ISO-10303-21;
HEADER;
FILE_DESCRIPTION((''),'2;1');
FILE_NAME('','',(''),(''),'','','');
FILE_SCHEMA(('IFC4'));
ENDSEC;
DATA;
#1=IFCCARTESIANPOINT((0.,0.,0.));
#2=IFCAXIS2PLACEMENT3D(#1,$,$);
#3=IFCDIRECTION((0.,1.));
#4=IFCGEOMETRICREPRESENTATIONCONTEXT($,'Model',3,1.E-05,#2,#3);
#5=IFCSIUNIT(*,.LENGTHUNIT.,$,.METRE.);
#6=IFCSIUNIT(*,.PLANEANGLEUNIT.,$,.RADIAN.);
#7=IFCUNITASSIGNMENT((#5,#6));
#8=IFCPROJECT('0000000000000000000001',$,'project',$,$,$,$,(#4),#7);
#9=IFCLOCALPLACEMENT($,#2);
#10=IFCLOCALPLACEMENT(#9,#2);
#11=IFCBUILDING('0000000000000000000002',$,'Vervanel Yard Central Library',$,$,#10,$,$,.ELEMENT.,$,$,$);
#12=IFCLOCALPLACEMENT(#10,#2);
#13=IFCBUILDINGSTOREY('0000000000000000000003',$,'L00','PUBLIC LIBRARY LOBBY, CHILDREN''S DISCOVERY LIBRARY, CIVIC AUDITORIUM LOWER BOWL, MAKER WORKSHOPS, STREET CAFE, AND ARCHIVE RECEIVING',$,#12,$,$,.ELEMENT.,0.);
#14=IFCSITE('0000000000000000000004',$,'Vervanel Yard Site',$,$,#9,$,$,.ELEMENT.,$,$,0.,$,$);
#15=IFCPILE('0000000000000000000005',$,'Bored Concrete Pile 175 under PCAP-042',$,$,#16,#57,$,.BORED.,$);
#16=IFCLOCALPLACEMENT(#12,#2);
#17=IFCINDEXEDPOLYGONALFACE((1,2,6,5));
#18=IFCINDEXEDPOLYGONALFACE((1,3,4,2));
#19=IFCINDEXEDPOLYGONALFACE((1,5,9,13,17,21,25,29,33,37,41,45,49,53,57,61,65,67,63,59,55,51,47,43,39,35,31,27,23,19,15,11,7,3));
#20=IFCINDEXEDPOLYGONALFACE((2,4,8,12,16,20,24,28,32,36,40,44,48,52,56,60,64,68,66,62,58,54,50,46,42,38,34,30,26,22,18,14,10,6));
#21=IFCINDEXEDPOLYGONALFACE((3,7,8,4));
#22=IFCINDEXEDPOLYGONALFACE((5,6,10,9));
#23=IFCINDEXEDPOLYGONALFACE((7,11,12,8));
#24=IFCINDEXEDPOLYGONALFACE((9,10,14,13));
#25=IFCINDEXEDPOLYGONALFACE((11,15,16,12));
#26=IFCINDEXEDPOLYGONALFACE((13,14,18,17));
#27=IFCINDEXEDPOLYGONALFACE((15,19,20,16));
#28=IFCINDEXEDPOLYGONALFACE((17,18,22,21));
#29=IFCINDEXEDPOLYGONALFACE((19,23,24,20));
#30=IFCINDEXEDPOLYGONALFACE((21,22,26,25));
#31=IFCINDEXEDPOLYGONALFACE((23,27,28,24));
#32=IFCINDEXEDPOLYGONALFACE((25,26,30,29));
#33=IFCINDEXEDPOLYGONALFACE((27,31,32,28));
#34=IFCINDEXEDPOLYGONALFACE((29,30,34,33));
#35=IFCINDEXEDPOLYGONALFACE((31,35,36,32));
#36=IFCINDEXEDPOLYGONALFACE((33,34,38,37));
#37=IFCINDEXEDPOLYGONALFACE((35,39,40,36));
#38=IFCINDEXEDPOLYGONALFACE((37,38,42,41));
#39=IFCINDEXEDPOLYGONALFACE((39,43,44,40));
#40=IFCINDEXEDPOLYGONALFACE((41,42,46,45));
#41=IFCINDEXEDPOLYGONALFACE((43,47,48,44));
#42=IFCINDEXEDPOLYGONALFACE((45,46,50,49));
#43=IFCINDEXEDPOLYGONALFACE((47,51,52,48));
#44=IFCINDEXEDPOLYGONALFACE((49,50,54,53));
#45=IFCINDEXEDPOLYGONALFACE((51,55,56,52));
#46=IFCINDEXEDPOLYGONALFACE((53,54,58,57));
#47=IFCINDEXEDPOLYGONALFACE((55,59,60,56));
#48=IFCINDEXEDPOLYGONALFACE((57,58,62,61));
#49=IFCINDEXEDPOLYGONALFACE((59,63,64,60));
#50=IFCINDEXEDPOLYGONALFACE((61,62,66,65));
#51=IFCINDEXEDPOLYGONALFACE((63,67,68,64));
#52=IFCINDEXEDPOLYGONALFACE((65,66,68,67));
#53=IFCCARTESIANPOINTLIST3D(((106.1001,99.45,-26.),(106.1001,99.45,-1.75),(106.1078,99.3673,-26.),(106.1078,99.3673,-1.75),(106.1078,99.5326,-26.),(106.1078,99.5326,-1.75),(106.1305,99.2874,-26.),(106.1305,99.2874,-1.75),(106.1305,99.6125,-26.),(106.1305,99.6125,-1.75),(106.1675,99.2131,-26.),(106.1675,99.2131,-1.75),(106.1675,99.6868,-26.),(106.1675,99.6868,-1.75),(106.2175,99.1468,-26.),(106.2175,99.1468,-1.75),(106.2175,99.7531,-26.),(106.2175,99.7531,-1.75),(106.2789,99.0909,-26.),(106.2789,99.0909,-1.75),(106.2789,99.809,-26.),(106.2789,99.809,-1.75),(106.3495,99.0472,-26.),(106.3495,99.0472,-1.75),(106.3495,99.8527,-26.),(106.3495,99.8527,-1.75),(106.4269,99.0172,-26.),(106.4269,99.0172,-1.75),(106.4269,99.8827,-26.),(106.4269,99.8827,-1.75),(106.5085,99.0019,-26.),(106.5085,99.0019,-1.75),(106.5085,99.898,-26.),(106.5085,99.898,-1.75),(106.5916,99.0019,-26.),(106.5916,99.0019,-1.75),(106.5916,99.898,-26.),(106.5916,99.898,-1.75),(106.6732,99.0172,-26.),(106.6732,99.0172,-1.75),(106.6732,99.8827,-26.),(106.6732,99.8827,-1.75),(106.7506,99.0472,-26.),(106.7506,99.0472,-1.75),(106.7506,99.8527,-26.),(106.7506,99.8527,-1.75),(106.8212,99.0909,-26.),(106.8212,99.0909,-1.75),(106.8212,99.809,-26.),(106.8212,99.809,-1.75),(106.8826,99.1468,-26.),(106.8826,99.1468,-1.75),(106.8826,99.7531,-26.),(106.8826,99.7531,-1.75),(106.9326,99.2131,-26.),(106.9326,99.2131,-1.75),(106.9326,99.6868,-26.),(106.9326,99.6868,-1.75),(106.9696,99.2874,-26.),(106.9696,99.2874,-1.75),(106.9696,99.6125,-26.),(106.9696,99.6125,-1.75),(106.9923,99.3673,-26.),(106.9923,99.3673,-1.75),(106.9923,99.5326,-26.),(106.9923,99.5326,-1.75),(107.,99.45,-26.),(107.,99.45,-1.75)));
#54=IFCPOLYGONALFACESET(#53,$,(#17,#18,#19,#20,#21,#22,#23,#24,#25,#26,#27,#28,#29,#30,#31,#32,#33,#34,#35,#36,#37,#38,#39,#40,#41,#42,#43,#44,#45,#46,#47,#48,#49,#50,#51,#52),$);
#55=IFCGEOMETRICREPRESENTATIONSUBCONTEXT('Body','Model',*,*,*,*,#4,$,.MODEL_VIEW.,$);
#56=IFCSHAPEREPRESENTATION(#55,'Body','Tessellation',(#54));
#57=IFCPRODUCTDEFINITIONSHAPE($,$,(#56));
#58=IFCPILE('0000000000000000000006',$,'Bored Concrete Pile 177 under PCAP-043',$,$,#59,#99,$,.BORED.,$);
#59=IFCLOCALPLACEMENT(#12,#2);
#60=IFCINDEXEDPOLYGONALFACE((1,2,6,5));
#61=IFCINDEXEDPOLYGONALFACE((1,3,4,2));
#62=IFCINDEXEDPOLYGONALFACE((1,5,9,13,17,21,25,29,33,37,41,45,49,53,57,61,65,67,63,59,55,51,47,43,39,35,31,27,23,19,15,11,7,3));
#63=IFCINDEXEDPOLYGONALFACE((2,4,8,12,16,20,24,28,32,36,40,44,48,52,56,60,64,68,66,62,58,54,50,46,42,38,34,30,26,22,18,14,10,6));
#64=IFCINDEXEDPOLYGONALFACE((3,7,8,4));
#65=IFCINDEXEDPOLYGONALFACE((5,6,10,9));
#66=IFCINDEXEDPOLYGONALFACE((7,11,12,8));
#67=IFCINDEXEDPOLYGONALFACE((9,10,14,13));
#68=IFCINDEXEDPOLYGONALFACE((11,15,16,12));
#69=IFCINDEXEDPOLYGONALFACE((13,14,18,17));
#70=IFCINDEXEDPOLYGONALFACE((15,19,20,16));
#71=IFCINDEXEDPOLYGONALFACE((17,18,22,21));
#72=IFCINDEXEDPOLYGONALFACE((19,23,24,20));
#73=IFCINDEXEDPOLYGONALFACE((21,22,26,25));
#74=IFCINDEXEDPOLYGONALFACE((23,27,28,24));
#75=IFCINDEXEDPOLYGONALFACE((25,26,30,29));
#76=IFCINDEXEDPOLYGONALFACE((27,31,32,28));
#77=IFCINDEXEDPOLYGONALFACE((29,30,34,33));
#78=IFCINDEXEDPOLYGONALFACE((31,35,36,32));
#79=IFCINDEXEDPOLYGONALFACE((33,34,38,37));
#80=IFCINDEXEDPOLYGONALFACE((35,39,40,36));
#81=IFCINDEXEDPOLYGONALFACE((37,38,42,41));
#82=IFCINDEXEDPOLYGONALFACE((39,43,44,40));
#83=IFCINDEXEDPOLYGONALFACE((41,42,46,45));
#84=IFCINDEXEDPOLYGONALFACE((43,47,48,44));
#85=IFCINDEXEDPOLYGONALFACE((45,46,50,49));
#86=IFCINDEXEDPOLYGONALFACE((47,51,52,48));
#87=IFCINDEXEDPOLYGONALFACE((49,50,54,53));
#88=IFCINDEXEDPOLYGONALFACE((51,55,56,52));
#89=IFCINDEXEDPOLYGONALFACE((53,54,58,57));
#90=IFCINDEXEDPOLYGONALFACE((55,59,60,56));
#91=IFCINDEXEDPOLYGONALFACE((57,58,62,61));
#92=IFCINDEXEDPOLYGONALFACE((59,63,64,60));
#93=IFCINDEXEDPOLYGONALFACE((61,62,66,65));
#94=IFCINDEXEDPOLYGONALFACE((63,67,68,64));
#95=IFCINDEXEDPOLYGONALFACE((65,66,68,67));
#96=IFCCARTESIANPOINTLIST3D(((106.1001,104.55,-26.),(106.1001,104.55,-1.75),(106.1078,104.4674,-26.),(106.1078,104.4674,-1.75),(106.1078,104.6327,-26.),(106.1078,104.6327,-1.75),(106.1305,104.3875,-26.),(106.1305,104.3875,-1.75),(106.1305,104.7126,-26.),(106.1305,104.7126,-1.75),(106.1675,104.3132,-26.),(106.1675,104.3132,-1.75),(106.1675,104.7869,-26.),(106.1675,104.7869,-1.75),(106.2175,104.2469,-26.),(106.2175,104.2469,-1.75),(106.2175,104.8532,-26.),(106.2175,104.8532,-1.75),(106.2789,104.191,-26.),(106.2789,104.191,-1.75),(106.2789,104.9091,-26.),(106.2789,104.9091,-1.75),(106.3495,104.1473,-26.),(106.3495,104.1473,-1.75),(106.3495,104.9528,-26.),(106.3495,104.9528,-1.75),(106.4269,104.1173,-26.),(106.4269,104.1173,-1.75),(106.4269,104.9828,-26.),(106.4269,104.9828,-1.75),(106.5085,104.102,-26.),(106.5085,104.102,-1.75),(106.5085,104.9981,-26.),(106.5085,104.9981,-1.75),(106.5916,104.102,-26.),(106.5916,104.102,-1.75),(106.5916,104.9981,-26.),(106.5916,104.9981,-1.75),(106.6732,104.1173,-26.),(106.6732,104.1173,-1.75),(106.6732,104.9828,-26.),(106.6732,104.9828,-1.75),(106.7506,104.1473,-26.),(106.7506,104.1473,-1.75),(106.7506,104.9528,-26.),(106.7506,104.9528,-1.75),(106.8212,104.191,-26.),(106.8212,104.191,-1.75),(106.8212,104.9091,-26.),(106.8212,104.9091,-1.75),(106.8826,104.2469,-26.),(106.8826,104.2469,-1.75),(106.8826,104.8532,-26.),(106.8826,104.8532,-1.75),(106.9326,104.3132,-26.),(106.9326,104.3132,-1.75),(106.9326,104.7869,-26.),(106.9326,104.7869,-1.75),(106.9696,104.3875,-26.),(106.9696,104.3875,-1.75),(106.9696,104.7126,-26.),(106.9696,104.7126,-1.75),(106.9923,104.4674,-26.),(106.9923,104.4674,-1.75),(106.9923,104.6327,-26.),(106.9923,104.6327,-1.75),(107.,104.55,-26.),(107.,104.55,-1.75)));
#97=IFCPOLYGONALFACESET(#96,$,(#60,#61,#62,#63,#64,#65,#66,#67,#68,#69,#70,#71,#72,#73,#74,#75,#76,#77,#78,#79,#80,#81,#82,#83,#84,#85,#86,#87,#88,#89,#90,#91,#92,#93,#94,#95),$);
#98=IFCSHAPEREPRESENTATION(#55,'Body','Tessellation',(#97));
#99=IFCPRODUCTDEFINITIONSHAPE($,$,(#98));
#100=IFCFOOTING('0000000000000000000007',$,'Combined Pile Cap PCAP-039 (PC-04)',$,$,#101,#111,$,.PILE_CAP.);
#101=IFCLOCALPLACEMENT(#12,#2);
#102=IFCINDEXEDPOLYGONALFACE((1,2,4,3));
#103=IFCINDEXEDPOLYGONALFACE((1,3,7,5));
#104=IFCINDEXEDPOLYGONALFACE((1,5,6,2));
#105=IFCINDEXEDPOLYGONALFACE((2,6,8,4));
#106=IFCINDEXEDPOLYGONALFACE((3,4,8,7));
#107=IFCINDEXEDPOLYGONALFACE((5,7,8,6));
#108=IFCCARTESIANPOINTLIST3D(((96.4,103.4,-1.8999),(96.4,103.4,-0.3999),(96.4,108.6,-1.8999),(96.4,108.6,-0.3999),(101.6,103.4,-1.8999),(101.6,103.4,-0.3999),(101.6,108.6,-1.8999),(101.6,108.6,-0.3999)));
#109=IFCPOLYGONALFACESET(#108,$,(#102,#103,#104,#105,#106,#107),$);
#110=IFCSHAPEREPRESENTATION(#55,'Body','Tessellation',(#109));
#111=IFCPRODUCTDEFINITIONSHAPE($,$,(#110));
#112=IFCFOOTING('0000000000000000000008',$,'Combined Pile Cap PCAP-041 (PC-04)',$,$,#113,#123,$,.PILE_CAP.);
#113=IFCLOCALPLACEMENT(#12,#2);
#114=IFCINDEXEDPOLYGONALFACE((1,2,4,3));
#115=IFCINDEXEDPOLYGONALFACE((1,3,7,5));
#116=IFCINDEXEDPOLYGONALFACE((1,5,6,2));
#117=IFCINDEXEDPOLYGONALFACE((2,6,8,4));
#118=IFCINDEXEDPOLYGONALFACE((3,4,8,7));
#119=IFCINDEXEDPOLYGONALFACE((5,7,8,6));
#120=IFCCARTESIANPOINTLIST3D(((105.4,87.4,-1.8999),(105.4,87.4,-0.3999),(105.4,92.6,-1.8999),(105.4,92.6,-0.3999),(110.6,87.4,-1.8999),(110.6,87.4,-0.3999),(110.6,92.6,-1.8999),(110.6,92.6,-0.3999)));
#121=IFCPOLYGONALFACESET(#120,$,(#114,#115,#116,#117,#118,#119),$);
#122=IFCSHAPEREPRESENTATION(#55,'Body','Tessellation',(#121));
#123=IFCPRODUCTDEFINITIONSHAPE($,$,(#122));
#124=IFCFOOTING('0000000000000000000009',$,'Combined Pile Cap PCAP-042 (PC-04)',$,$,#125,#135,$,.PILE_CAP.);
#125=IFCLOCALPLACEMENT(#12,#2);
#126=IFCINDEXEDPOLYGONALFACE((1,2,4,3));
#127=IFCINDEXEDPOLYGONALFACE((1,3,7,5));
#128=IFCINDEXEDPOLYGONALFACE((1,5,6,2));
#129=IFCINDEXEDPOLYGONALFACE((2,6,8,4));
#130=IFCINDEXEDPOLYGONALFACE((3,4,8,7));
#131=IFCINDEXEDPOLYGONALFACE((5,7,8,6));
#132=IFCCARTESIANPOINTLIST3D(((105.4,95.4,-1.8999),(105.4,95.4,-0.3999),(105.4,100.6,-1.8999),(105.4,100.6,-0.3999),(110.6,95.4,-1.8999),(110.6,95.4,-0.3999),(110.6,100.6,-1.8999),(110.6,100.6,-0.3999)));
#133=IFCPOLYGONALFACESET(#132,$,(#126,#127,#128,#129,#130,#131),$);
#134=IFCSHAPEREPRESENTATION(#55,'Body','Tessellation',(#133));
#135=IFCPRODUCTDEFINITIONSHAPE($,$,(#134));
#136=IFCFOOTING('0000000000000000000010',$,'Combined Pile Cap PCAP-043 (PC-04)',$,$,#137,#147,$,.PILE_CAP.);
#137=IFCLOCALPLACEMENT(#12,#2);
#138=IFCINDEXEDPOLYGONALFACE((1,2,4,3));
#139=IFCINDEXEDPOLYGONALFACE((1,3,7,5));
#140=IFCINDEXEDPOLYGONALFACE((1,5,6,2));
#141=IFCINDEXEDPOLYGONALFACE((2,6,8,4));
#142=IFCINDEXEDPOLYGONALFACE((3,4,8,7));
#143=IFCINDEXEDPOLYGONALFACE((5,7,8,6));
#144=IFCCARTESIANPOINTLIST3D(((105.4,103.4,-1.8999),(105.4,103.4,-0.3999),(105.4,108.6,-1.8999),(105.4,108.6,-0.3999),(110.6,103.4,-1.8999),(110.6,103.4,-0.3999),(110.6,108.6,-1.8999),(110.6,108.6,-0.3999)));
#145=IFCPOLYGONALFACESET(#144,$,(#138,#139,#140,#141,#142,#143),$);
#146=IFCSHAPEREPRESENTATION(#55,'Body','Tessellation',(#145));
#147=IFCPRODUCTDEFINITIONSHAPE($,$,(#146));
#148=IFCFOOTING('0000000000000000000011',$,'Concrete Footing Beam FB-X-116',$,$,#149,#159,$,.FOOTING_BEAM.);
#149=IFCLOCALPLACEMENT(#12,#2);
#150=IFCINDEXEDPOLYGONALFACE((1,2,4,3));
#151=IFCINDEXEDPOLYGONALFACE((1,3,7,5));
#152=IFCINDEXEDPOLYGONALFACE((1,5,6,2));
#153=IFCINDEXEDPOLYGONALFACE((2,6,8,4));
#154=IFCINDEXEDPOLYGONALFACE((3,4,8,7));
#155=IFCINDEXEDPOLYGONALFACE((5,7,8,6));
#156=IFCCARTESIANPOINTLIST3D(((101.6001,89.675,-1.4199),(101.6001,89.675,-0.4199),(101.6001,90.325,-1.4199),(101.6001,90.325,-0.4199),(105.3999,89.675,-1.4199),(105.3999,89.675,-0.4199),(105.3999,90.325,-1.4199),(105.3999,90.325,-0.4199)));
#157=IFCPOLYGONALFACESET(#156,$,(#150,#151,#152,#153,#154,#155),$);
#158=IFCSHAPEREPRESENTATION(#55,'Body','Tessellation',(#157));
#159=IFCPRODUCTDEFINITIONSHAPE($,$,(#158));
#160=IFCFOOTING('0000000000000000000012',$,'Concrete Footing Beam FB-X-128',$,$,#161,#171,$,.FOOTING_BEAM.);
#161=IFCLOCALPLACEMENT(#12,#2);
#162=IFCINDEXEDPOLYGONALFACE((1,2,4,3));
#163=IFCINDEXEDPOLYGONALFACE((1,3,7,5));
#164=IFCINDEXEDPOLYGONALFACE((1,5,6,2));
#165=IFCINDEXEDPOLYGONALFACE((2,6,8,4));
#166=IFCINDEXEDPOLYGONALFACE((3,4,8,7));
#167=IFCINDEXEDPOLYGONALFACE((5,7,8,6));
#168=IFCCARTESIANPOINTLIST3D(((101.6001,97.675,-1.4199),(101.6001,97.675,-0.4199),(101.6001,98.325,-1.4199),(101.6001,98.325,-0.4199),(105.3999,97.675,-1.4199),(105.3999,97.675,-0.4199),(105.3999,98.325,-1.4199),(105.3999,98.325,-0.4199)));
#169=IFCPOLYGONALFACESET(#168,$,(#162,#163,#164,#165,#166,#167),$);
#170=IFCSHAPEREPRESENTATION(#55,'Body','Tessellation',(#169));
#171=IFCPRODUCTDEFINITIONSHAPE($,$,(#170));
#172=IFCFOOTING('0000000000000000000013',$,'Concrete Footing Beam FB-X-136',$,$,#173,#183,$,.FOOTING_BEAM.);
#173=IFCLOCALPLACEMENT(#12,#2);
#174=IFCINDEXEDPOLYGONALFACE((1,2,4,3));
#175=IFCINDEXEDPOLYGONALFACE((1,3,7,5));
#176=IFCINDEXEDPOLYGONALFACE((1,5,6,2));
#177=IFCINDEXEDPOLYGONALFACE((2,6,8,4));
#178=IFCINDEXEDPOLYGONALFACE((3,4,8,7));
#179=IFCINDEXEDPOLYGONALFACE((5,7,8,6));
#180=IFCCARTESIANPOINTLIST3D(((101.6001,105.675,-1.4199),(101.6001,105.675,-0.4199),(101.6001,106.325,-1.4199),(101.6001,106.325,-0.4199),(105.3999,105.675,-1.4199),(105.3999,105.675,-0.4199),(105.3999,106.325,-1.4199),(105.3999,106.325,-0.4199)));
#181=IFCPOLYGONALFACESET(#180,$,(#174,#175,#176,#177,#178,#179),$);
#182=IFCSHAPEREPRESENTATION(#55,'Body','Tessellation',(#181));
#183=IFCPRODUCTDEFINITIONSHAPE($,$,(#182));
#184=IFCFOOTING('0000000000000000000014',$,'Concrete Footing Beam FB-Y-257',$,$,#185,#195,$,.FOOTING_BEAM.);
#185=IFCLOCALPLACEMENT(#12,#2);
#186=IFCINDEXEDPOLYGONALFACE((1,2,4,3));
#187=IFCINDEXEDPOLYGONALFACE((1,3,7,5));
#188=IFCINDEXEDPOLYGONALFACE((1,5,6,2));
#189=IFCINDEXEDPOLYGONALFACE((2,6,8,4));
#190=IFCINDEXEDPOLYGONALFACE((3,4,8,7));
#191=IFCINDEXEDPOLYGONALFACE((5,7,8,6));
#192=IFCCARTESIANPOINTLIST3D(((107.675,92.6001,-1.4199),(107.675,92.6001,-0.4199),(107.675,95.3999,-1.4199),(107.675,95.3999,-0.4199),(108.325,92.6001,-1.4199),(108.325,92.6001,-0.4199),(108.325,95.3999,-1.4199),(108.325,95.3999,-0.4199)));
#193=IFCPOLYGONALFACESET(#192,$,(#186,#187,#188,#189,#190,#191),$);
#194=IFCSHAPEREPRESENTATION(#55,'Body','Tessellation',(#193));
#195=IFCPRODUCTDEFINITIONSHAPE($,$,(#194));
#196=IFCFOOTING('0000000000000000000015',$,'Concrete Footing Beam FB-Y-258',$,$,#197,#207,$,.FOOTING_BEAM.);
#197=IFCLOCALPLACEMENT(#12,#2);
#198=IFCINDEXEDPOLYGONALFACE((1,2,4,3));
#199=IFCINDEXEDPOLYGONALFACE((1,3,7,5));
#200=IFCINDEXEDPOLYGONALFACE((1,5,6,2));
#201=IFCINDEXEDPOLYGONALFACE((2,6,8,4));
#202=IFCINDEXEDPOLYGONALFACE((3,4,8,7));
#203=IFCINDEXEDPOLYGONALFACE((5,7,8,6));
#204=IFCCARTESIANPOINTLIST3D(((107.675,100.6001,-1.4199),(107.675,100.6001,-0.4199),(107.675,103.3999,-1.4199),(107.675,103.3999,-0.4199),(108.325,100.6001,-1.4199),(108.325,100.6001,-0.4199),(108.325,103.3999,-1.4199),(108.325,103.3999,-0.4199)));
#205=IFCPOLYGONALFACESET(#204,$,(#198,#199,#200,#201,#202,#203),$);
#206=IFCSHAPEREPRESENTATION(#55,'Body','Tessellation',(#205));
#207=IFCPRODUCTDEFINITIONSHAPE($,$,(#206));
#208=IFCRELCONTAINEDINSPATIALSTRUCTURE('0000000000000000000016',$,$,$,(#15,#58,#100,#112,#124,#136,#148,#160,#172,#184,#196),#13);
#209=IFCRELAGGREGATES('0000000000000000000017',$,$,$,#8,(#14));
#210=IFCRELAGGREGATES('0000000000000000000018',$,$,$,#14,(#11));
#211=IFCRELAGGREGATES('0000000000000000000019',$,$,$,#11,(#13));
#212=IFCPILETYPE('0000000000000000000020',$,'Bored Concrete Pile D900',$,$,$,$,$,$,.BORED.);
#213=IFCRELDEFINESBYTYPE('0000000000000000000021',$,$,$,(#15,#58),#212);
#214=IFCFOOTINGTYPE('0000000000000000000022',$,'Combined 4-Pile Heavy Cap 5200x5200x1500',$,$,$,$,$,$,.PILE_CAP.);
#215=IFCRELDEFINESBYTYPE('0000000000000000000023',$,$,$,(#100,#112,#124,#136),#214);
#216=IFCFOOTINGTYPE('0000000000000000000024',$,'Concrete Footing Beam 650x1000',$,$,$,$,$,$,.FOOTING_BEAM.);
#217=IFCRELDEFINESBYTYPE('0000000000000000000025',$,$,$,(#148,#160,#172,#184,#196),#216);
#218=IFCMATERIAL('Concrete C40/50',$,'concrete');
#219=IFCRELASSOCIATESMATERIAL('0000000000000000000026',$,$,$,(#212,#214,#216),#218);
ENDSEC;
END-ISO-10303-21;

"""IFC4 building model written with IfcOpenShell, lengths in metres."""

from ifc_helpers import new_model, si_unit, direction, frame, origin, origin_2d, place, context, subcontext, project, spatial, rectangle, circle, extrude, material, material_profile, profile_set, type_object, element, save


model = new_model("IFC4")

# Units and contexts
model_context = context("Model", 3, precision=1e-05, world=origin(), true_north=direction((0.0, 1.0)))
body_context = subcontext(model_context, "Body", "Model", "MODEL_VIEW")
ifc_project = project(units=[si_unit("LENGTHUNIT", "METRE"), si_unit("PLANEANGLEUNIT", "RADIAN")], contexts=[model_context])

# Site, building, storey
site_placement = place(None, origin())
site = spatial("IfcSite", under=ifc_project, at=site_placement, Name="Vervanel Yard Site", CompositionType="ELEMENT", RefElevation=0.0)
building_placement = place(site_placement, origin())
building = spatial("IfcBuilding", under=site, at=building_placement, Name="Vervanel Yard Central Library", CompositionType="ELEMENT")
storey_placement = place(building_placement, origin())
storey = spatial("IfcBuildingStorey", under=building, at=storey_placement, Name="L00", Description="PUBLIC LIBRARY LOBBY, CHILDREN'S DISCOVERY LIBRARY, CIVIC AUDITORIUM LOWER BOWL, MAKER WORKSHOPS, STREET CAFE, AND ARCHIVE RECEIVING", CompositionType="ELEMENT", Elevation=0.0)

# Piles
ifc_material_1 = material(Name="Concrete C40/50", Category="concrete")
ifc_material_profile_1 = material_profile(ifc_material_1, circle(Radius=0.45, at=origin_2d()), Name="BP D900", Category="concrete")
ifc_profile_set_1 = profile_set([ifc_material_profile_1], Name="Concrete C40/50")
pile_type = type_object("IfcPileType", Name="Bored Concrete Pile D900", PredefinedType="BORED", material=ifc_profile_set_1)
for number, where, z_axis, x_axis, name in (
    (1, (106.55, 99.45, -1.75), (0.0, 0.0, -1.0), (1.0, 0.0, 0.0), "Bored Concrete Pile 175 under PCAP-042"),
    (2, (106.55, 104.55, -1.75), (0.0, 0.0, -1.0), (1.0, 0.0, 0.0), "Bored Concrete Pile 177 under PCAP-043"),
):
    element("IfcPile", number, at=place(storey_placement, frame(where, z_axis=z_axis, x_axis=x_axis)), inside=storey, type_object=pile_type, Name=name, PredefinedType="BORED", context=body_context, shape_type="SweptSolid", body=[
        extrude(circle(Radius=0.45, at=origin_2d()), origin(), (0.0, 0.0, 1.0), 24.25),
    ])

# Footings
footing_type_1 = type_object("IfcFootingType", Name="Combined 4-Pile Heavy Cap 5200x5200x1500", PredefinedType="PILE_CAP", material=ifc_material_1)
for number, where, z_axis, x_axis, name in (
    (3, (99.0, 106.0, -1.8999), (0.0, 0.0, 1.0), (1.0, 0.0, 0.0), "Combined Pile Cap PCAP-039 (PC-04)"),
    (4, (108.0, 90.0, -1.8999), (0.0, 0.0, 1.0), (1.0, 0.0, 0.0), "Combined Pile Cap PCAP-041 (PC-04)"),
    (5, (108.0, 98.0, -1.8999), (0.0, 0.0, 1.0), (1.0, 0.0, 0.0), "Combined Pile Cap PCAP-042 (PC-04)"),
    (6, (108.0, 106.0, -1.8999), (0.0, 0.0, 1.0), (1.0, 0.0, 0.0), "Combined Pile Cap PCAP-043 (PC-04)"),
):
    element("IfcFooting", number, at=place(storey_placement, frame(where, z_axis=z_axis, x_axis=x_axis)), inside=storey, type_object=footing_type_1, Name=name, PredefinedType="PILE_CAP", context=body_context, shape_type="SweptSolid", body=[
        extrude(rectangle(XDim=5.2, YDim=5.2, at=origin_2d()), origin(), (0.0, 0.0, 1.0), 1.5),
    ])
ifc_material_profile_2 = material_profile(ifc_material_1, rectangle(XDim=0.6499, YDim=1.0, at=origin_2d()), Name="RC 650x1000", Category="concrete")
ifc_profile_set_2 = profile_set([ifc_material_profile_2], Name="Concrete C40/50")
footing_type_2 = type_object("IfcFootingType", Name="Concrete Footing Beam 650x1000", PredefinedType="FOOTING_BEAM", material=ifc_profile_set_2)
for number, where, z_axis, x_axis, name in (
    (7, (101.6001, 90.0, -0.9199), (1.0, 0.0, 0.0), (0.0, 1.0, 0.0), "Concrete Footing Beam FB-X-116"),
    (8, (101.6001, 98.0, -0.9199), (1.0, 0.0, 0.0), (0.0, 1.0, 0.0), "Concrete Footing Beam FB-X-128"),
    (9, (101.6001, 106.0, -0.9199), (1.0, 0.0, 0.0), (0.0, 1.0, 0.0), "Concrete Footing Beam FB-X-136"),
):
    element("IfcFooting", number, at=place(storey_placement, frame(where, z_axis=z_axis, x_axis=x_axis)), inside=storey, type_object=footing_type_2, Name=name, PredefinedType="FOOTING_BEAM", context=body_context, shape_type="SweptSolid", body=[
        extrude(rectangle(XDim=0.6499, YDim=1.0, at=origin_2d()), origin(), (0.0, 0.0, 1.0), 3.7998),
    ])
for number, where, z_axis, x_axis, name in (
    (10, (108.0, 92.6001, -0.9199), (0.0, 1.0, 0.0), (-1.0, 0.0, 0.0), "Concrete Footing Beam FB-Y-257"),
    (11, (108.0, 100.6001, -0.9199), (0.0, 1.0, 0.0), (-1.0, 0.0, 0.0), "Concrete Footing Beam FB-Y-258"),
):
    element("IfcFooting", number, at=place(storey_placement, frame(where, z_axis=z_axis, x_axis=x_axis)), inside=storey, type_object=footing_type_2, Name=name, PredefinedType="FOOTING_BEAM", context=body_context, shape_type="SweptSolid", body=[
        extrude(rectangle(XDim=0.6499, YDim=1.0, at=origin_2d()), origin(), (0.0, 0.0, 1.0), 2.7998),
    ])

save(model, "model.ifc")
